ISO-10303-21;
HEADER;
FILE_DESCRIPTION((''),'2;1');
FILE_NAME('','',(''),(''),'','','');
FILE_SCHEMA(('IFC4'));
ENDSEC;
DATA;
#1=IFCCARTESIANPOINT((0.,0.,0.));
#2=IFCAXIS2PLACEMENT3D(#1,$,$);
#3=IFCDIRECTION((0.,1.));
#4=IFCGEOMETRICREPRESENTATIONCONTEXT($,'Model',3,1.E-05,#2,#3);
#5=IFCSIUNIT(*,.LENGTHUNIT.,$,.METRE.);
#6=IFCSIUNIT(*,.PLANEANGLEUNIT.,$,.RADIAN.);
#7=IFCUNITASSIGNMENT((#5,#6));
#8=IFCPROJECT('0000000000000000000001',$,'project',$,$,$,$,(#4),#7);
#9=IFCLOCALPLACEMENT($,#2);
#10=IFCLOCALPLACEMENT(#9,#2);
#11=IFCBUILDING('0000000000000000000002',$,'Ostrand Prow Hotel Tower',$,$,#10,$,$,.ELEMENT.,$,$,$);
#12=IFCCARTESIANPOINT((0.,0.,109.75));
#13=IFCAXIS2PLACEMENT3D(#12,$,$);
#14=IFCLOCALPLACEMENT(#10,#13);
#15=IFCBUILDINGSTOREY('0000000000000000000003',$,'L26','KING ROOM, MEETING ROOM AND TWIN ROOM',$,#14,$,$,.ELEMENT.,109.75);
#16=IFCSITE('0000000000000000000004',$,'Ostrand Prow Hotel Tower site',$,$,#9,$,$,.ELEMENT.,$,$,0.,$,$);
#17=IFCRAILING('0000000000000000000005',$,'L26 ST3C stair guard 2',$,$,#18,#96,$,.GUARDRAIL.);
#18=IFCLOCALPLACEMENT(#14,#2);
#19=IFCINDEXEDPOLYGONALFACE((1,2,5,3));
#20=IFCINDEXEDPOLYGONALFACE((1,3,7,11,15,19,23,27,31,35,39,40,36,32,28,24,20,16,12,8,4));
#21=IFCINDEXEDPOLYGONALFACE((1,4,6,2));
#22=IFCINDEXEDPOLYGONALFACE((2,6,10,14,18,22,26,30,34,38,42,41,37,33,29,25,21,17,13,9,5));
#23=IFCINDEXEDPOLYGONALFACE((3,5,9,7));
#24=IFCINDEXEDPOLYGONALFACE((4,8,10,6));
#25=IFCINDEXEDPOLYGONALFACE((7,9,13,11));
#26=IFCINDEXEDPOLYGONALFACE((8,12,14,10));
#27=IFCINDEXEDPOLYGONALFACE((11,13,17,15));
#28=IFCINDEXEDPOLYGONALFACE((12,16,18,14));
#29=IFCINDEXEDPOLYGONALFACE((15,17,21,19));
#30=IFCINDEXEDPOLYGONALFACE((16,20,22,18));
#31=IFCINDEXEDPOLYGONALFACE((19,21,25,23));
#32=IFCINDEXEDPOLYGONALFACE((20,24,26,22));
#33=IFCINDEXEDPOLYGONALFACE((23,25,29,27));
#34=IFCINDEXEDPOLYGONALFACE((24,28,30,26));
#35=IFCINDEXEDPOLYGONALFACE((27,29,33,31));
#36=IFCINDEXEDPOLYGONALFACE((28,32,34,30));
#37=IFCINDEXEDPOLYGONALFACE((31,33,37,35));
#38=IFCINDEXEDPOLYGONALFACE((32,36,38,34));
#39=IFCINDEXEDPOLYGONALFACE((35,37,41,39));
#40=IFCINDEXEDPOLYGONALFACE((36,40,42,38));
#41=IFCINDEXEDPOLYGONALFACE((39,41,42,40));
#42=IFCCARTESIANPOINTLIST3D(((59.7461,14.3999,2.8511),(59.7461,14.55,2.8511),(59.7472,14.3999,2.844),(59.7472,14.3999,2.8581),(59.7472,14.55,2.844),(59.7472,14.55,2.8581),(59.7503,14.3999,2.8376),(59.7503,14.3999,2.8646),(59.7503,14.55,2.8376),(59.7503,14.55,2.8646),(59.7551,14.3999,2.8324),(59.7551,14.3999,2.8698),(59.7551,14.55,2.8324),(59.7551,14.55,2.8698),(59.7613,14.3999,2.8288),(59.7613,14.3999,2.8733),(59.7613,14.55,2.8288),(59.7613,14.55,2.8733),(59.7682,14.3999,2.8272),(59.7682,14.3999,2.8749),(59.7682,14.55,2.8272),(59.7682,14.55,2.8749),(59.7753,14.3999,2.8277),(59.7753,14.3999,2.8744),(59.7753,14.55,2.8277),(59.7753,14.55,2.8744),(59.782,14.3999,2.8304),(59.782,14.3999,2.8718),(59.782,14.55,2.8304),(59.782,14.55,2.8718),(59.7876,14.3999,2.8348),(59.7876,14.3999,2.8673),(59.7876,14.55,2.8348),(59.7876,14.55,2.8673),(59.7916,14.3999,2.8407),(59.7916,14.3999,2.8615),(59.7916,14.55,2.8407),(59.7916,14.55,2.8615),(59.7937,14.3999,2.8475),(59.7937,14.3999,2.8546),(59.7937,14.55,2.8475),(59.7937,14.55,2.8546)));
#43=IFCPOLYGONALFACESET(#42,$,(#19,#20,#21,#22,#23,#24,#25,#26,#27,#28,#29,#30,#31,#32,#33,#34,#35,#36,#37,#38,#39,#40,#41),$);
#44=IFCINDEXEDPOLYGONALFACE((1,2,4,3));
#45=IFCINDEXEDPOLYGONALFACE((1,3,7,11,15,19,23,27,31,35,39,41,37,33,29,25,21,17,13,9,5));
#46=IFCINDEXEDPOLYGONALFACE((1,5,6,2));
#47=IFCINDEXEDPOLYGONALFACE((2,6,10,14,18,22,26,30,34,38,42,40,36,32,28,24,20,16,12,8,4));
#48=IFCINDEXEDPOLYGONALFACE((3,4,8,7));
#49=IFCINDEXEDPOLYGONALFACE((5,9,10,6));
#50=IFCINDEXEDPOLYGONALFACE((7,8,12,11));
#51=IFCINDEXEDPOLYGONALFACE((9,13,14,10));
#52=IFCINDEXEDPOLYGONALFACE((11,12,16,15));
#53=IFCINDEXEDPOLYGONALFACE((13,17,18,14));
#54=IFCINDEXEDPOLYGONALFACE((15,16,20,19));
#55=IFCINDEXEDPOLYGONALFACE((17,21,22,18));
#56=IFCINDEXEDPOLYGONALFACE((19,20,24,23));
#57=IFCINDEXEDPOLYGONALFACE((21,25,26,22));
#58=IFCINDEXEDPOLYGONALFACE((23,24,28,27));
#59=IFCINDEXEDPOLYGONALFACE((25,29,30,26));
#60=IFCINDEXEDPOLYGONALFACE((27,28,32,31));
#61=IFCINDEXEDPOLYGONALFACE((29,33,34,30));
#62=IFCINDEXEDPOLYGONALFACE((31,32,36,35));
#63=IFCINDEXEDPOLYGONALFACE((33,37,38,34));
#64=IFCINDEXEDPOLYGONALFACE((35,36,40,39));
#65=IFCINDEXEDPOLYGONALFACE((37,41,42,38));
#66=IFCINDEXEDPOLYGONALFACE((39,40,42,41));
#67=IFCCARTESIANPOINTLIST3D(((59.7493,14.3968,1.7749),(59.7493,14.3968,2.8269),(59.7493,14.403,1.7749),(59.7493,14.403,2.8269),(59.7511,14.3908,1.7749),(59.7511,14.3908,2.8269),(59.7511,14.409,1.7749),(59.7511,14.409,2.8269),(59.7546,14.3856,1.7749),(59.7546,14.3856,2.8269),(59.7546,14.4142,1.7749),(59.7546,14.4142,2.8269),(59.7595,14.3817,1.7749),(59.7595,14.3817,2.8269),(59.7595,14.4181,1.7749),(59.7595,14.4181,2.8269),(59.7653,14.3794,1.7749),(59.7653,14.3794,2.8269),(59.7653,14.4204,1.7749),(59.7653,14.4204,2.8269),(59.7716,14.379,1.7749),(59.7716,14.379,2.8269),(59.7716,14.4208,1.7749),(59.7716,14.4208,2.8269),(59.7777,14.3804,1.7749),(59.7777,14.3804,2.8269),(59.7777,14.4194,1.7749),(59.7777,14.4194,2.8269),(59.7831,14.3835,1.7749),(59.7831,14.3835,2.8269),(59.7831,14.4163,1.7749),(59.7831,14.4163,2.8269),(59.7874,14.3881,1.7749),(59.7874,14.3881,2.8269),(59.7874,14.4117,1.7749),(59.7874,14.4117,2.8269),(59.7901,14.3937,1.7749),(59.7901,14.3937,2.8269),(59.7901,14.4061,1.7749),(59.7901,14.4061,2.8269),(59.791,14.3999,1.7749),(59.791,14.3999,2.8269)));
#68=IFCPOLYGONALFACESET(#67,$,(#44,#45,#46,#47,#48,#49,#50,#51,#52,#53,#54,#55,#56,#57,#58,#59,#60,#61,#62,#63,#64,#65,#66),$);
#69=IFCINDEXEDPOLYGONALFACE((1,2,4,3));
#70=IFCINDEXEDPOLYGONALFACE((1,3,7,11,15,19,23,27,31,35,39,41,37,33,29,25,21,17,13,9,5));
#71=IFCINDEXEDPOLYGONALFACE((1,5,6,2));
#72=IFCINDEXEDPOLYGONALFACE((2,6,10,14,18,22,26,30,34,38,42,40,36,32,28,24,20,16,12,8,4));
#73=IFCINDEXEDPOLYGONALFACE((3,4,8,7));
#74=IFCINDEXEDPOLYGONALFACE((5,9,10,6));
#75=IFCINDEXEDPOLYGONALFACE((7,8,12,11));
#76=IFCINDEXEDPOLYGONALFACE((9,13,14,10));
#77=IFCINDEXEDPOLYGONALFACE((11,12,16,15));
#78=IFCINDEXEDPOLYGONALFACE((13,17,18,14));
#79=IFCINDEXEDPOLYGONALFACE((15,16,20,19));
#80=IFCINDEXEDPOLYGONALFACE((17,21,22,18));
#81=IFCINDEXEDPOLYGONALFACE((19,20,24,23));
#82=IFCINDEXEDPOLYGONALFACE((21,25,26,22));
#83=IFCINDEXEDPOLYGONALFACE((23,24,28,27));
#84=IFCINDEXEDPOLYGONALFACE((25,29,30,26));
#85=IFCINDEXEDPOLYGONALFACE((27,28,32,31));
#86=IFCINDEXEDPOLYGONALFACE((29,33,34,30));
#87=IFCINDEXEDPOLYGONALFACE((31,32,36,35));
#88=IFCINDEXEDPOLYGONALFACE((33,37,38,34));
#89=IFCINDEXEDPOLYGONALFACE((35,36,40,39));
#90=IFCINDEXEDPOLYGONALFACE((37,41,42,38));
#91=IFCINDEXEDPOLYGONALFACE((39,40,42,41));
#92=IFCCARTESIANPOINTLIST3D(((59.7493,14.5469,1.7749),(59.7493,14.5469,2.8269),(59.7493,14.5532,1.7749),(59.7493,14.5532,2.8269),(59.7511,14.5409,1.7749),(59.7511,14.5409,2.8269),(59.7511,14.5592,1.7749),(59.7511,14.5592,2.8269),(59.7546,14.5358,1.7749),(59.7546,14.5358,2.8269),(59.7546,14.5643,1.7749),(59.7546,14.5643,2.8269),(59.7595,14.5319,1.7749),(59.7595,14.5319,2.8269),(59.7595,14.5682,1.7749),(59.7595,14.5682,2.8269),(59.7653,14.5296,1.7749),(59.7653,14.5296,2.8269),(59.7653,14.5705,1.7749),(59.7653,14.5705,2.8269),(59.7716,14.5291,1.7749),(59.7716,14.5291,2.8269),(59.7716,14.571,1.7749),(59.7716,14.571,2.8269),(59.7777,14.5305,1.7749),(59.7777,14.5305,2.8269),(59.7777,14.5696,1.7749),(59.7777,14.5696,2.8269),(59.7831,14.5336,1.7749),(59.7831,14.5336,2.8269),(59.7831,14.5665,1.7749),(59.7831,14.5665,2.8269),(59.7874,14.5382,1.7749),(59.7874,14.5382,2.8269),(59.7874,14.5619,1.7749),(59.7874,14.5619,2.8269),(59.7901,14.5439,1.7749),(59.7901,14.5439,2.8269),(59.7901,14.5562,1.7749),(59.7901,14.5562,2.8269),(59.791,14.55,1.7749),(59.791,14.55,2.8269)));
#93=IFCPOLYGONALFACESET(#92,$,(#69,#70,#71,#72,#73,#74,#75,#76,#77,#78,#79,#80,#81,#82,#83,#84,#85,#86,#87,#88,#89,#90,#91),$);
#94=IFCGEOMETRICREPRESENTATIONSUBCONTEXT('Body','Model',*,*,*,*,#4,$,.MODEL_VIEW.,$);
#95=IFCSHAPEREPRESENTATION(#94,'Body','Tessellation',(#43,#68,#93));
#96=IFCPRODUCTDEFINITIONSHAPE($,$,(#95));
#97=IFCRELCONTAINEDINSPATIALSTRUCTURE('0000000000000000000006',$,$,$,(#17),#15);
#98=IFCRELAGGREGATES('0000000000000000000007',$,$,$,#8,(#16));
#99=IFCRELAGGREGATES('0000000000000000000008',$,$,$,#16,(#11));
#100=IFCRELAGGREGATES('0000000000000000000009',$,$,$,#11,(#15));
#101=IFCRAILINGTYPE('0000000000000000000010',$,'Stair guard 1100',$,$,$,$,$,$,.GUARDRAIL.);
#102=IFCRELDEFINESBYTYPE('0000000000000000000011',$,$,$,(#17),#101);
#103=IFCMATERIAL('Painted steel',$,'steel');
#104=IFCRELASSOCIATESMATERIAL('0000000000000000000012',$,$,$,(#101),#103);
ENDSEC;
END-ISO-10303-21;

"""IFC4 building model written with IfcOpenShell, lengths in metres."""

from ifc_helpers import new_model, si_unit, direction, frame, origin, origin_2d, place, context, subcontext, project, spatial, circle, extrude, material, type_object, element, save


model = new_model("IFC4")

# Units and contexts
model_context = context("Model", 3, precision=1e-05, world=origin(), true_north=direction((0.0, 1.0)))
body_context = subcontext(model_context, "Body", "Model", "MODEL_VIEW")
ifc_project = project(units=[si_unit("LENGTHUNIT", "METRE"), si_unit("PLANEANGLEUNIT", "RADIAN")], contexts=[model_context])

# Site, building, storey
site_placement = place(None, origin())
site = spatial("IfcSite", under=ifc_project, at=site_placement, Name="Ostrand Prow Hotel Tower site", CompositionType="ELEMENT", RefElevation=0.0)
building_placement = place(site_placement, origin())
building = spatial("IfcBuilding", under=site, at=building_placement, Name="Ostrand Prow Hotel Tower", CompositionType="ELEMENT")
storey_placement = place(building_placement, frame((0.0, 0.0, 109.75)))
storey = spatial("IfcBuildingStorey", under=building, at=storey_placement, Name="L26", Description="KING ROOM, MEETING ROOM AND TWIN ROOM", CompositionType="ELEMENT", Elevation=109.75)

# Railing
ifc_material_1 = material(Name="Painted steel", Category="steel")
railing_type_1 = type_object("IfcRailingType", Name="Stair guard 1100", PredefinedType="GUARDRAIL", material=ifc_material_1)
railing_1_placement = place(storey_placement, frame((59.77, 14.3999, 1.7749)))
element("IfcRailing", 1, at=railing_1_placement, inside=storey, type_object=railing_type_1, Name="L26 ST3C stair guard 2", PredefinedType="GUARDRAIL", context=body_context, shape_type="SweptSolid", body=[
    extrude(circle(Radius=0.0239, at=origin_2d()), frame((0.0, 0.0, 1.0762), z_axis=(0.0, 1.0, 0.0), x_axis=(-1.0, 0.0, 0.0)), (0.0, 0.0, 1.0), 0.1501),
    extrude(circle(Radius=0.021, at=origin_2d()), origin(), (0.0, 0.0, 1.0), 1.052),
    extrude(circle(Radius=0.021, at=origin_2d()), frame((0.0, 0.1501, 0.0)), (0.0, 0.0, 1.0), 1.052),
])

save(model, "model.ifc")
